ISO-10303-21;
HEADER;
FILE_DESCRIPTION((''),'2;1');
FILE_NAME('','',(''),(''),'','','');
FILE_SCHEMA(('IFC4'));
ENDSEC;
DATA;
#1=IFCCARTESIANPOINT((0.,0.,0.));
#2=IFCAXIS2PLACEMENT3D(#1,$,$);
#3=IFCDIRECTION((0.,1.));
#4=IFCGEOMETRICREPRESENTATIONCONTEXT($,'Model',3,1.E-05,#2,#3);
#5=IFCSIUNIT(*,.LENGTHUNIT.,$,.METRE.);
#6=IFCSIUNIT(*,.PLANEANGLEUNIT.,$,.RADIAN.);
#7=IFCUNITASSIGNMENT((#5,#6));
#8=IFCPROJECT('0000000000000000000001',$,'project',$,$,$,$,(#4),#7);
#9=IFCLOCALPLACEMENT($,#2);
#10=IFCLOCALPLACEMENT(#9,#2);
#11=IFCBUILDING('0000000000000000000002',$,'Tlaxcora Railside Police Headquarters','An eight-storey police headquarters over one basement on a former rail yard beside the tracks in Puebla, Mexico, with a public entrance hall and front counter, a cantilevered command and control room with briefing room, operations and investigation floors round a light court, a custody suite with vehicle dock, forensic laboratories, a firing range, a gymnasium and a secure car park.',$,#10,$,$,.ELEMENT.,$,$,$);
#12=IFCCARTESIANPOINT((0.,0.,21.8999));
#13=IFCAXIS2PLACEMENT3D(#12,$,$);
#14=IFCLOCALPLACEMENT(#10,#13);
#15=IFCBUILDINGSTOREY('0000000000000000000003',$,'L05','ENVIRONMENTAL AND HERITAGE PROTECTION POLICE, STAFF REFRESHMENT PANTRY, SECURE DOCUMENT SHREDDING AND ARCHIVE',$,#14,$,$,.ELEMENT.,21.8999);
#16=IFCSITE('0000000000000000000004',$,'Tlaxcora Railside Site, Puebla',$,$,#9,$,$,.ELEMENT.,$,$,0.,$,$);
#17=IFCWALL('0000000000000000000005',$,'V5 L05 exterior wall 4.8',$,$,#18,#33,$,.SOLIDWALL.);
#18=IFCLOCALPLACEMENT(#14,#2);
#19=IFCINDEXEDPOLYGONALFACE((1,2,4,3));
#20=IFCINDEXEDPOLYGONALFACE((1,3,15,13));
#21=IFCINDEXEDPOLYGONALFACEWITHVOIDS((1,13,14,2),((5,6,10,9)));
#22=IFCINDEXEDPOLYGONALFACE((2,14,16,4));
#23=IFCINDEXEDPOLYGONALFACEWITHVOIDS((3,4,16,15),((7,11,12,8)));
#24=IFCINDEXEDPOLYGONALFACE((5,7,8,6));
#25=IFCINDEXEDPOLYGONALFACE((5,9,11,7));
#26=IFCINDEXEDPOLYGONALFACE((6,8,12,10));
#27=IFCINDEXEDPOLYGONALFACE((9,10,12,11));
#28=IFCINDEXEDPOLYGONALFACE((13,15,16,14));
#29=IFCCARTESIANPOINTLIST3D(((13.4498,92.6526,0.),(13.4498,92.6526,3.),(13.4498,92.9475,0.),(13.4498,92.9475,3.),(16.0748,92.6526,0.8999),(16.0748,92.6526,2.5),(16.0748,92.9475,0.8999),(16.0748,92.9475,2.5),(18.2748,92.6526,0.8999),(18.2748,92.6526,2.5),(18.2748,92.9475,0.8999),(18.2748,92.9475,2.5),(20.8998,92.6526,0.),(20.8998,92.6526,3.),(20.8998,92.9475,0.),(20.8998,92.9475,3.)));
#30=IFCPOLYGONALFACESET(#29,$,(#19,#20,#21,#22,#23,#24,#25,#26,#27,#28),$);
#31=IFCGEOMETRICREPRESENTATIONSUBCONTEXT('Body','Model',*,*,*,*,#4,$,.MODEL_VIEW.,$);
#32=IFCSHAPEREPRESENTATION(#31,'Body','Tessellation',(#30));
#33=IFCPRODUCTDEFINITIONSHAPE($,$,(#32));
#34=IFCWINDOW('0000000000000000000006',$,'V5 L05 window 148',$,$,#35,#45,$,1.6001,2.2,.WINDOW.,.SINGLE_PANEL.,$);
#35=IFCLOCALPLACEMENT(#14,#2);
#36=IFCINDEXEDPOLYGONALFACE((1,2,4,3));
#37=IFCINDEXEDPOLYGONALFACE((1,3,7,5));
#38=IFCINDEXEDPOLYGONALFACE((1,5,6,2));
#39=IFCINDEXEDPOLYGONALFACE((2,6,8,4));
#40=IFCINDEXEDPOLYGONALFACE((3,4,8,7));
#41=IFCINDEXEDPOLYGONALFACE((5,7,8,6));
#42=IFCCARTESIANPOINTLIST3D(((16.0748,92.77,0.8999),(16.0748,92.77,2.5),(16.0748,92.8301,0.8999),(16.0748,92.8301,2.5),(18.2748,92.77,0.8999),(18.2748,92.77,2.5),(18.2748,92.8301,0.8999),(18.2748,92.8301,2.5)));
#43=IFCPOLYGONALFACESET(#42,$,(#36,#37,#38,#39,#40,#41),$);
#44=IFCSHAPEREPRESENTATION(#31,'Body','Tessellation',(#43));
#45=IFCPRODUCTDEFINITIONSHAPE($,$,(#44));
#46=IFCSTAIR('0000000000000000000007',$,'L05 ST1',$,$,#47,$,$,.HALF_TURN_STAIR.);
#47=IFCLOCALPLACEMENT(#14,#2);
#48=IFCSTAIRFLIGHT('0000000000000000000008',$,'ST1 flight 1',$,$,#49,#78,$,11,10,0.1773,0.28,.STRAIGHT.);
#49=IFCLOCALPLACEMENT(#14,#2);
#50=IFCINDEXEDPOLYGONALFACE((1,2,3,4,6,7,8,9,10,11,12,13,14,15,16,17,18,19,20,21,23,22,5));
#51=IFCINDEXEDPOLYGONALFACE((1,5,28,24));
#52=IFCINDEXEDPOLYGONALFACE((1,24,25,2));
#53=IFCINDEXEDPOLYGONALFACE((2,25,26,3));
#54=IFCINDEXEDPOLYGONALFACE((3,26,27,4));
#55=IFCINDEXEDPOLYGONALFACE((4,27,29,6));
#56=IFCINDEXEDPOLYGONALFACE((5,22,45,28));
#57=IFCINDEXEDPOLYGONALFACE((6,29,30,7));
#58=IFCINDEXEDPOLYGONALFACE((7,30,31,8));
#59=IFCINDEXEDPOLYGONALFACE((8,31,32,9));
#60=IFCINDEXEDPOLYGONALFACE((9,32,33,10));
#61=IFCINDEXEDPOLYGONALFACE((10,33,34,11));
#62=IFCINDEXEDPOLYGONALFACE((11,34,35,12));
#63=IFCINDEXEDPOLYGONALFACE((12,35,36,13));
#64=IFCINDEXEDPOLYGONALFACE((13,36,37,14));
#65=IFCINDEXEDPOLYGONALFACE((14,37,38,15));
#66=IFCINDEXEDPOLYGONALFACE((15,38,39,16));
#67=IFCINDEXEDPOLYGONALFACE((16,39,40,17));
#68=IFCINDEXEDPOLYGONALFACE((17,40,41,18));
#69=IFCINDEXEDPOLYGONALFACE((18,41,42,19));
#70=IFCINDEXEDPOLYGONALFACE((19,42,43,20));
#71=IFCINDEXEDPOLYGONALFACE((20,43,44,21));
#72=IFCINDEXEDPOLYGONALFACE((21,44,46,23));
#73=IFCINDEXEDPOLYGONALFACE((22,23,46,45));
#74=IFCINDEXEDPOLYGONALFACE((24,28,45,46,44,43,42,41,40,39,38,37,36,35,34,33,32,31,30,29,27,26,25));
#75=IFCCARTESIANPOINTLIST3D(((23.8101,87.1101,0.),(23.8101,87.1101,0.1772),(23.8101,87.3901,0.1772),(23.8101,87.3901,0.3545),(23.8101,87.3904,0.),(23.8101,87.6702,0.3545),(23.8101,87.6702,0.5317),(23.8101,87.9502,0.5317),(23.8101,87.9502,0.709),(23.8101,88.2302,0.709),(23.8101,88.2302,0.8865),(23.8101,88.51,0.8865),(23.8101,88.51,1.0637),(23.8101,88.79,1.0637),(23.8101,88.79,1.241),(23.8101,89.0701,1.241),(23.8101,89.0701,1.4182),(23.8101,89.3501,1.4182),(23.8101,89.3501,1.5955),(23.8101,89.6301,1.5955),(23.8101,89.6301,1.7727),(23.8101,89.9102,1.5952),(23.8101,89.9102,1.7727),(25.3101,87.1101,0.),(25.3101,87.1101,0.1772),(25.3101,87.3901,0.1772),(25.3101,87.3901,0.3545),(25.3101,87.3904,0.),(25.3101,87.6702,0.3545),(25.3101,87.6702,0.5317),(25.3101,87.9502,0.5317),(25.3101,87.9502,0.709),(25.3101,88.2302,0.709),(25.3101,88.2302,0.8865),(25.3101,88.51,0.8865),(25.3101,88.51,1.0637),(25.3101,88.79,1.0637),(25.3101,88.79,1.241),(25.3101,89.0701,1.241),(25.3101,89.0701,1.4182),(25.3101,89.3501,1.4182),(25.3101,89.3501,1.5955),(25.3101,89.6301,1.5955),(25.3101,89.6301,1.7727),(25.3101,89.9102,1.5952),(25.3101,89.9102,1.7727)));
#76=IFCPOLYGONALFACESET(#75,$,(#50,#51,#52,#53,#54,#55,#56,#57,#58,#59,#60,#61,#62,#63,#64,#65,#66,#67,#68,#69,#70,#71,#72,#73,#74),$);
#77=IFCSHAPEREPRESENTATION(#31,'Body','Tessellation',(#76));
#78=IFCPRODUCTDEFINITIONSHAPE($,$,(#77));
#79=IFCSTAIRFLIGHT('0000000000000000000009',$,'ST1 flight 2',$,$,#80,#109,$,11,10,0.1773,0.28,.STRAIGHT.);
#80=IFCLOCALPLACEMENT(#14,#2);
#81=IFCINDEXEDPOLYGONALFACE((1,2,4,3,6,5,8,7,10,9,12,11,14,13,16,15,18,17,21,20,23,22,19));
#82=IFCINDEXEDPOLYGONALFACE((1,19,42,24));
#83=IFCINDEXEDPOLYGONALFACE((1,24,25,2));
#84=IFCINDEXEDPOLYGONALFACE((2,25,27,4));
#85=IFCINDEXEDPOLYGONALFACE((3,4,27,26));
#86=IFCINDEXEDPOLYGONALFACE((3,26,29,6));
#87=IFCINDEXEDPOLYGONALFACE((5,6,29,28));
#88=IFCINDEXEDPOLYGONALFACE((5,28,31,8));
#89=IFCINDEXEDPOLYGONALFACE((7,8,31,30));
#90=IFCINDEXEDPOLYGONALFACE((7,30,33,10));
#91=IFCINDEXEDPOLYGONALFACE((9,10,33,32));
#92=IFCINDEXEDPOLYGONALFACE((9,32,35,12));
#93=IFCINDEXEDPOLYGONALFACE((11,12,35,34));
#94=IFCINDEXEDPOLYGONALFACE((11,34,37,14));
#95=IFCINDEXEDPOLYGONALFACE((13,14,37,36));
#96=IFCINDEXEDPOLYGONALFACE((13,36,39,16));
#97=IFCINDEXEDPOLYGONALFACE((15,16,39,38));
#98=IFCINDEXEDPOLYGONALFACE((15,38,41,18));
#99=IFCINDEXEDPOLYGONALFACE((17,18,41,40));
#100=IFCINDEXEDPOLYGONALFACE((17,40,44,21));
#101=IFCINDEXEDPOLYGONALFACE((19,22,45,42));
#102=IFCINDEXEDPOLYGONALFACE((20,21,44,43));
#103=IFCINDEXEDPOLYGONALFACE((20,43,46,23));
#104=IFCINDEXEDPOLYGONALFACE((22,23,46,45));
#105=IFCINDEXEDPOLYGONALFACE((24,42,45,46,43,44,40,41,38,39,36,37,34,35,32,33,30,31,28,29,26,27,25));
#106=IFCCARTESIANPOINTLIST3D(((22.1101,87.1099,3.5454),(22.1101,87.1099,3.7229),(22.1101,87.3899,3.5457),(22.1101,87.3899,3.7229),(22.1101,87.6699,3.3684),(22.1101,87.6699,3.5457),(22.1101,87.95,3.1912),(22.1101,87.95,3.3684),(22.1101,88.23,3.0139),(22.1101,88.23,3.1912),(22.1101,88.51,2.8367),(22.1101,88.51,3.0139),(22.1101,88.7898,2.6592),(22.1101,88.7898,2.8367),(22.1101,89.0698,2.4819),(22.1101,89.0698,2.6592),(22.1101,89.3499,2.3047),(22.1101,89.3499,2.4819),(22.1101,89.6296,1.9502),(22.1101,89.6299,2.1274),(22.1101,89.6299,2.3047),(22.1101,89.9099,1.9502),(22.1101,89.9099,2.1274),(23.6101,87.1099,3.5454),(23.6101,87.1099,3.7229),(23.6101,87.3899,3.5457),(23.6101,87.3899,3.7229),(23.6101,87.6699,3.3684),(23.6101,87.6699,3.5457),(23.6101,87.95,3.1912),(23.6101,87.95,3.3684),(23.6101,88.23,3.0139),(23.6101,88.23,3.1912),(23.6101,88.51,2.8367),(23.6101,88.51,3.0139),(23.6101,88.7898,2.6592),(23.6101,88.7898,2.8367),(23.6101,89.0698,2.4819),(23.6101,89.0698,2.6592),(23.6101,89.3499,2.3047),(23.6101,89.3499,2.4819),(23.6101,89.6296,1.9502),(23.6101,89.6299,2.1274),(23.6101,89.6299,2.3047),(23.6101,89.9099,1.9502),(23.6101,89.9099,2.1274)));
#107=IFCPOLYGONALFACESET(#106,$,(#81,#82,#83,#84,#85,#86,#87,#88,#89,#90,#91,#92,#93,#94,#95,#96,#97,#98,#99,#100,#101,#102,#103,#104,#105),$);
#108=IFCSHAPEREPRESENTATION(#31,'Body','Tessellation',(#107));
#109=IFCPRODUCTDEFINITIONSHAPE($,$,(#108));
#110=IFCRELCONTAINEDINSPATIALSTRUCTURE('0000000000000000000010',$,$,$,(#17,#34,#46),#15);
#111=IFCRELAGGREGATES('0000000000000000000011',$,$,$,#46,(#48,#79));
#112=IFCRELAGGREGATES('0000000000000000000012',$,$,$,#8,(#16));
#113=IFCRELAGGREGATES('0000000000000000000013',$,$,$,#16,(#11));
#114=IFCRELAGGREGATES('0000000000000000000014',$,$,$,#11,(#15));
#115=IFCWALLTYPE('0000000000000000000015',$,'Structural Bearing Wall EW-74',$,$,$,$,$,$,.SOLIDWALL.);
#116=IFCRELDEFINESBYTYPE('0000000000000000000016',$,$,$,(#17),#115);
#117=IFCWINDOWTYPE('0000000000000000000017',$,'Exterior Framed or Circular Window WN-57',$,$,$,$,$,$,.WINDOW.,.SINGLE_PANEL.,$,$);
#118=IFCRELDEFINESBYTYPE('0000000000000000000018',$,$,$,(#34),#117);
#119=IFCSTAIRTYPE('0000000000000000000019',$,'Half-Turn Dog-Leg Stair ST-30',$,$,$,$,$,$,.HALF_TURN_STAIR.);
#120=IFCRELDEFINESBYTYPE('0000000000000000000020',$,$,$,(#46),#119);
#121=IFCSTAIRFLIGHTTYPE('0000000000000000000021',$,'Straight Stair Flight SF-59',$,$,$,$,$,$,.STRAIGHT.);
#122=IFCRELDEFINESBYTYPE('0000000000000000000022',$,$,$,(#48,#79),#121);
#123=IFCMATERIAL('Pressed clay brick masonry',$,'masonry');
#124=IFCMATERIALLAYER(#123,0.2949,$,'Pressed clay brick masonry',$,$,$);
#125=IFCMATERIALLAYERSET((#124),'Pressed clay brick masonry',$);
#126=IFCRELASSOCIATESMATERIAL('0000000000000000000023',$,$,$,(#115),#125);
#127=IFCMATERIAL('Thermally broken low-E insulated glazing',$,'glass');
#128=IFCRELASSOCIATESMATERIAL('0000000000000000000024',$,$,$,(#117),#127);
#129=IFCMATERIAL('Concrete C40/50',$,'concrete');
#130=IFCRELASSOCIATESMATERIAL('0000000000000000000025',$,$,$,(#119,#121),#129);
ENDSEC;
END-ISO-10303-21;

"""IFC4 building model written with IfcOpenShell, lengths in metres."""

from ifc_helpers import new_model, si_unit, direction, frame, frame_2d, origin, place, context, subcontext, project, spatial, polyline, rectangle, outline, extrude, material, layer, layer_set, type_object, element, fill, aggregate, save


model = new_model("IFC4")

# Units and contexts
model_context = context("Model", 3, precision=1e-05, world=origin(), true_north=direction((0.0, 1.0)))
body_context = subcontext(model_context, "Body", "Model", "MODEL_VIEW")
ifc_project = project(units=[si_unit("LENGTHUNIT", "METRE"), si_unit("PLANEANGLEUNIT", "RADIAN")], contexts=[model_context])

# Site, building, storey
site_placement = place(None, origin())
site = spatial("IfcSite", under=ifc_project, at=site_placement, Name="Tlaxcora Railside Site, Puebla", CompositionType="ELEMENT", RefElevation=0.0)
building_placement = place(site_placement, origin())
building = spatial("IfcBuilding", under=site, at=building_placement, Name="Tlaxcora Railside Police Headquarters", Description="An eight-storey police headquarters over one basement on a former rail yard beside the tracks in Puebla, Mexico, with a public entrance hall and front counter, a cantilevered command and control room with briefing room, operations and investigation floors round a light court, a custody suite with vehicle dock, forensic laboratories, a firing range, a gymnasium and a secure car park.", CompositionType="ELEMENT")
storey_placement = place(building_placement, frame((0.0, 0.0, 21.8999)))
storey = spatial("IfcBuildingStorey", under=building, at=storey_placement, Name="L05", Description="ENVIRONMENTAL AND HERITAGE PROTECTION POLICE, STAFF REFRESHMENT PANTRY, SECURE DOCUMENT SHREDDING AND ARCHIVE", CompositionType="ELEMENT", Elevation=21.8999)

# Shared definitions
ifc_material_1 = material(Name="Concrete C40/50", Category="concrete")

# Shared definitions
ifc_material_2 = material(Name="Thermally broken low-E insulated glazing", Category="glass")

# Shared definitions
ifc_material_3 = material(Name="Pressed clay brick masonry", Category="masonry")

# Wall, opening, window
ifc_layer_1 = layer(ifc_material_3, 0.2949, Name="Pressed clay brick masonry")
ifc_layer_set_1 = layer_set([ifc_layer_1], Name="Pressed clay brick masonry")
wall_type_1 = type_object("IfcWallType", Name="Structural Bearing Wall EW-74", PredefinedType="SOLIDWALL", material=ifc_layer_set_1)
wall_1_placement = place(storey_placement, frame((20.8999, 92.8, 0.0), z_axis=(0.0, 0.0, 1.0), x_axis=(-1.0, 0.0, 0.0)))
wall_1 = element("IfcWall", 1, at=wall_1_placement, inside=storey, type_object=wall_type_1, Name="V5 L05 exterior wall 4.8", PredefinedType="SOLIDWALL", context=body_context, shape_type="SweptSolid", body=[
    extrude(rectangle(XDim=7.45, YDim=0.2949, at=frame_2d((3.7251, 0.0))), origin(), (0.0, 0.0, 1.0), 3.0),
])
opening_1_placement = place(wall_1_placement, frame((2.625, 0.0, 0.8999)))
opening_1 = element("IfcOpeningElement", 2, at=opening_1_placement, cuts=wall_1, PredefinedType="OPENING", context=body_context, shape_type="SweptSolid", body=[
    extrude(rectangle(XDim=2.2, YDim=1.6001, at=frame_2d((1.1001, 0.8))), frame((0.0, 0.1575, 0.0), z_axis=(0.0, -1.0, 0.0), x_axis=(1.0, 0.0, 0.0)), (0.0, 0.0, 1.0), 0.3149),
])
window_type = type_object("IfcWindowType", Name="Exterior Framed or Circular Window WN-57", PartitioningType="SINGLE_PANEL", PredefinedType="WINDOW", material=ifc_material_2)
window_placement = place(opening_1_placement, origin())
window = element("IfcWindow", 3, at=window_placement, inside=storey, type_object=window_type, Name="V5 L05 window 148", OverallHeight=1.6001, OverallWidth=2.2, PartitioningType="SINGLE_PANEL", PredefinedType="WINDOW", context=body_context, shape_type="SweptSolid", body=[
    extrude(rectangle(XDim=2.2, YDim=1.6001, at=frame_2d((1.1001, 0.8))), frame((0.0, 0.03, 0.0), z_axis=(0.0, -1.0, 0.0), x_axis=(1.0, 0.0, 0.0)), (0.0, 0.0, 1.0), 0.0601),
])
fill(opening_1, window)

# Stair, stair flights
stair_type = type_object("IfcStairType", Name="Half-Turn Dog-Leg Stair ST-30", PredefinedType="HALF_TURN_STAIR", material=ifc_material_1)
stair_placement = place(storey_placement, origin())
stair = element("IfcStair", 4, at=stair_placement, inside=storey, type_object=stair_type, Name="L05 ST1", PredefinedType="HALF_TURN_STAIR")
stair_flight_type = type_object("IfcStairFlightType", Name="Straight Stair Flight SF-59", PredefinedType="STRAIGHT", material=ifc_material_1)
stair_flight_1_placement = place(storey_placement, frame((24.5601, 87.1101, 0.0), z_axis=(0.0, 0.0, 1.0), x_axis=(0.0, 1.0, 0.0)))
stair_flight_1 = element("IfcStairFlight", 5, at=stair_flight_1_placement, type_object=stair_flight_type, Name="ST1 flight 1", NumberOfRisers=11, NumberOfTreads=10, PredefinedType="STRAIGHT", RiserHeight=0.1773, TreadLength=0.28, context=body_context, shape_type="SweptSolid", body=[
    extrude(outline(polyline([(0.0, 0.0), (0.0, 0.1772), (0.28, 0.1772), (0.28, 0.3545), (0.5601, 0.3545), (0.5601, 0.5317), (0.8401, 0.5317), (0.8401, 0.709), (1.1201, 0.709), (1.1201, 0.8865), (1.3999, 0.8865), (1.3999, 1.0637), (1.6799, 1.0637), (1.6799, 1.241), (1.96, 1.241), (1.96, 1.4182), (2.24, 1.4182), (2.24, 1.5955), (2.52, 1.5955), (2.52, 1.7727), (2.8, 1.7727), (2.8, 1.95), (2.8, 1.5952), (0.2803, 0.0), (0.0, 0.0)])), frame((0.0, 0.75, 0.0), z_axis=(0.0, -1.0, 0.0), x_axis=(1.0, 0.0, 0.0)), (0.0, 0.0, 1.0), 1.5),
])
stair_flight_2_placement = place(storey_placement, frame((22.8601, 89.9099, 1.9502), z_axis=(0.0, 0.0, 1.0), x_axis=(0.0, -1.0, 0.0)))
stair_flight_2 = element("IfcStairFlight", 6, at=stair_flight_2_placement, type_object=stair_flight_type, Name="ST1 flight 2", NumberOfRisers=11, NumberOfTreads=10, PredefinedType="STRAIGHT", RiserHeight=0.1773, TreadLength=0.28, context=body_context, shape_type="SweptSolid", body=[
    extrude(outline(polyline([(0.0, 0.0), (0.0, 0.1772), (0.28, 0.1772), (0.28, 0.3545), (0.5601, 0.3545), (0.5601, 0.5317), (0.8401, 0.5317), (0.8401, 0.709), (1.1201, 0.709), (1.1201, 0.8865), (1.3999, 0.8865), (1.3999, 1.0637), (1.6799, 1.0637), (1.6799, 1.241), (1.96, 1.241), (1.96, 1.4182), (2.24, 1.4182), (2.24, 1.5955), (2.52, 1.5955), (2.52, 1.7727), (2.8, 1.7727), (2.8, 1.95), (2.8, 1.5952), (0.2803, 0.0), (0.0, 0.0)])), frame((0.0, 0.75, 0.0), z_axis=(0.0, -1.0, 0.0), x_axis=(1.0, 0.0, 0.0)), (0.0, 0.0, 1.0), 1.5),
])
aggregate(stair, [stair_flight_1, stair_flight_2])

save(model, "model.ifc")
